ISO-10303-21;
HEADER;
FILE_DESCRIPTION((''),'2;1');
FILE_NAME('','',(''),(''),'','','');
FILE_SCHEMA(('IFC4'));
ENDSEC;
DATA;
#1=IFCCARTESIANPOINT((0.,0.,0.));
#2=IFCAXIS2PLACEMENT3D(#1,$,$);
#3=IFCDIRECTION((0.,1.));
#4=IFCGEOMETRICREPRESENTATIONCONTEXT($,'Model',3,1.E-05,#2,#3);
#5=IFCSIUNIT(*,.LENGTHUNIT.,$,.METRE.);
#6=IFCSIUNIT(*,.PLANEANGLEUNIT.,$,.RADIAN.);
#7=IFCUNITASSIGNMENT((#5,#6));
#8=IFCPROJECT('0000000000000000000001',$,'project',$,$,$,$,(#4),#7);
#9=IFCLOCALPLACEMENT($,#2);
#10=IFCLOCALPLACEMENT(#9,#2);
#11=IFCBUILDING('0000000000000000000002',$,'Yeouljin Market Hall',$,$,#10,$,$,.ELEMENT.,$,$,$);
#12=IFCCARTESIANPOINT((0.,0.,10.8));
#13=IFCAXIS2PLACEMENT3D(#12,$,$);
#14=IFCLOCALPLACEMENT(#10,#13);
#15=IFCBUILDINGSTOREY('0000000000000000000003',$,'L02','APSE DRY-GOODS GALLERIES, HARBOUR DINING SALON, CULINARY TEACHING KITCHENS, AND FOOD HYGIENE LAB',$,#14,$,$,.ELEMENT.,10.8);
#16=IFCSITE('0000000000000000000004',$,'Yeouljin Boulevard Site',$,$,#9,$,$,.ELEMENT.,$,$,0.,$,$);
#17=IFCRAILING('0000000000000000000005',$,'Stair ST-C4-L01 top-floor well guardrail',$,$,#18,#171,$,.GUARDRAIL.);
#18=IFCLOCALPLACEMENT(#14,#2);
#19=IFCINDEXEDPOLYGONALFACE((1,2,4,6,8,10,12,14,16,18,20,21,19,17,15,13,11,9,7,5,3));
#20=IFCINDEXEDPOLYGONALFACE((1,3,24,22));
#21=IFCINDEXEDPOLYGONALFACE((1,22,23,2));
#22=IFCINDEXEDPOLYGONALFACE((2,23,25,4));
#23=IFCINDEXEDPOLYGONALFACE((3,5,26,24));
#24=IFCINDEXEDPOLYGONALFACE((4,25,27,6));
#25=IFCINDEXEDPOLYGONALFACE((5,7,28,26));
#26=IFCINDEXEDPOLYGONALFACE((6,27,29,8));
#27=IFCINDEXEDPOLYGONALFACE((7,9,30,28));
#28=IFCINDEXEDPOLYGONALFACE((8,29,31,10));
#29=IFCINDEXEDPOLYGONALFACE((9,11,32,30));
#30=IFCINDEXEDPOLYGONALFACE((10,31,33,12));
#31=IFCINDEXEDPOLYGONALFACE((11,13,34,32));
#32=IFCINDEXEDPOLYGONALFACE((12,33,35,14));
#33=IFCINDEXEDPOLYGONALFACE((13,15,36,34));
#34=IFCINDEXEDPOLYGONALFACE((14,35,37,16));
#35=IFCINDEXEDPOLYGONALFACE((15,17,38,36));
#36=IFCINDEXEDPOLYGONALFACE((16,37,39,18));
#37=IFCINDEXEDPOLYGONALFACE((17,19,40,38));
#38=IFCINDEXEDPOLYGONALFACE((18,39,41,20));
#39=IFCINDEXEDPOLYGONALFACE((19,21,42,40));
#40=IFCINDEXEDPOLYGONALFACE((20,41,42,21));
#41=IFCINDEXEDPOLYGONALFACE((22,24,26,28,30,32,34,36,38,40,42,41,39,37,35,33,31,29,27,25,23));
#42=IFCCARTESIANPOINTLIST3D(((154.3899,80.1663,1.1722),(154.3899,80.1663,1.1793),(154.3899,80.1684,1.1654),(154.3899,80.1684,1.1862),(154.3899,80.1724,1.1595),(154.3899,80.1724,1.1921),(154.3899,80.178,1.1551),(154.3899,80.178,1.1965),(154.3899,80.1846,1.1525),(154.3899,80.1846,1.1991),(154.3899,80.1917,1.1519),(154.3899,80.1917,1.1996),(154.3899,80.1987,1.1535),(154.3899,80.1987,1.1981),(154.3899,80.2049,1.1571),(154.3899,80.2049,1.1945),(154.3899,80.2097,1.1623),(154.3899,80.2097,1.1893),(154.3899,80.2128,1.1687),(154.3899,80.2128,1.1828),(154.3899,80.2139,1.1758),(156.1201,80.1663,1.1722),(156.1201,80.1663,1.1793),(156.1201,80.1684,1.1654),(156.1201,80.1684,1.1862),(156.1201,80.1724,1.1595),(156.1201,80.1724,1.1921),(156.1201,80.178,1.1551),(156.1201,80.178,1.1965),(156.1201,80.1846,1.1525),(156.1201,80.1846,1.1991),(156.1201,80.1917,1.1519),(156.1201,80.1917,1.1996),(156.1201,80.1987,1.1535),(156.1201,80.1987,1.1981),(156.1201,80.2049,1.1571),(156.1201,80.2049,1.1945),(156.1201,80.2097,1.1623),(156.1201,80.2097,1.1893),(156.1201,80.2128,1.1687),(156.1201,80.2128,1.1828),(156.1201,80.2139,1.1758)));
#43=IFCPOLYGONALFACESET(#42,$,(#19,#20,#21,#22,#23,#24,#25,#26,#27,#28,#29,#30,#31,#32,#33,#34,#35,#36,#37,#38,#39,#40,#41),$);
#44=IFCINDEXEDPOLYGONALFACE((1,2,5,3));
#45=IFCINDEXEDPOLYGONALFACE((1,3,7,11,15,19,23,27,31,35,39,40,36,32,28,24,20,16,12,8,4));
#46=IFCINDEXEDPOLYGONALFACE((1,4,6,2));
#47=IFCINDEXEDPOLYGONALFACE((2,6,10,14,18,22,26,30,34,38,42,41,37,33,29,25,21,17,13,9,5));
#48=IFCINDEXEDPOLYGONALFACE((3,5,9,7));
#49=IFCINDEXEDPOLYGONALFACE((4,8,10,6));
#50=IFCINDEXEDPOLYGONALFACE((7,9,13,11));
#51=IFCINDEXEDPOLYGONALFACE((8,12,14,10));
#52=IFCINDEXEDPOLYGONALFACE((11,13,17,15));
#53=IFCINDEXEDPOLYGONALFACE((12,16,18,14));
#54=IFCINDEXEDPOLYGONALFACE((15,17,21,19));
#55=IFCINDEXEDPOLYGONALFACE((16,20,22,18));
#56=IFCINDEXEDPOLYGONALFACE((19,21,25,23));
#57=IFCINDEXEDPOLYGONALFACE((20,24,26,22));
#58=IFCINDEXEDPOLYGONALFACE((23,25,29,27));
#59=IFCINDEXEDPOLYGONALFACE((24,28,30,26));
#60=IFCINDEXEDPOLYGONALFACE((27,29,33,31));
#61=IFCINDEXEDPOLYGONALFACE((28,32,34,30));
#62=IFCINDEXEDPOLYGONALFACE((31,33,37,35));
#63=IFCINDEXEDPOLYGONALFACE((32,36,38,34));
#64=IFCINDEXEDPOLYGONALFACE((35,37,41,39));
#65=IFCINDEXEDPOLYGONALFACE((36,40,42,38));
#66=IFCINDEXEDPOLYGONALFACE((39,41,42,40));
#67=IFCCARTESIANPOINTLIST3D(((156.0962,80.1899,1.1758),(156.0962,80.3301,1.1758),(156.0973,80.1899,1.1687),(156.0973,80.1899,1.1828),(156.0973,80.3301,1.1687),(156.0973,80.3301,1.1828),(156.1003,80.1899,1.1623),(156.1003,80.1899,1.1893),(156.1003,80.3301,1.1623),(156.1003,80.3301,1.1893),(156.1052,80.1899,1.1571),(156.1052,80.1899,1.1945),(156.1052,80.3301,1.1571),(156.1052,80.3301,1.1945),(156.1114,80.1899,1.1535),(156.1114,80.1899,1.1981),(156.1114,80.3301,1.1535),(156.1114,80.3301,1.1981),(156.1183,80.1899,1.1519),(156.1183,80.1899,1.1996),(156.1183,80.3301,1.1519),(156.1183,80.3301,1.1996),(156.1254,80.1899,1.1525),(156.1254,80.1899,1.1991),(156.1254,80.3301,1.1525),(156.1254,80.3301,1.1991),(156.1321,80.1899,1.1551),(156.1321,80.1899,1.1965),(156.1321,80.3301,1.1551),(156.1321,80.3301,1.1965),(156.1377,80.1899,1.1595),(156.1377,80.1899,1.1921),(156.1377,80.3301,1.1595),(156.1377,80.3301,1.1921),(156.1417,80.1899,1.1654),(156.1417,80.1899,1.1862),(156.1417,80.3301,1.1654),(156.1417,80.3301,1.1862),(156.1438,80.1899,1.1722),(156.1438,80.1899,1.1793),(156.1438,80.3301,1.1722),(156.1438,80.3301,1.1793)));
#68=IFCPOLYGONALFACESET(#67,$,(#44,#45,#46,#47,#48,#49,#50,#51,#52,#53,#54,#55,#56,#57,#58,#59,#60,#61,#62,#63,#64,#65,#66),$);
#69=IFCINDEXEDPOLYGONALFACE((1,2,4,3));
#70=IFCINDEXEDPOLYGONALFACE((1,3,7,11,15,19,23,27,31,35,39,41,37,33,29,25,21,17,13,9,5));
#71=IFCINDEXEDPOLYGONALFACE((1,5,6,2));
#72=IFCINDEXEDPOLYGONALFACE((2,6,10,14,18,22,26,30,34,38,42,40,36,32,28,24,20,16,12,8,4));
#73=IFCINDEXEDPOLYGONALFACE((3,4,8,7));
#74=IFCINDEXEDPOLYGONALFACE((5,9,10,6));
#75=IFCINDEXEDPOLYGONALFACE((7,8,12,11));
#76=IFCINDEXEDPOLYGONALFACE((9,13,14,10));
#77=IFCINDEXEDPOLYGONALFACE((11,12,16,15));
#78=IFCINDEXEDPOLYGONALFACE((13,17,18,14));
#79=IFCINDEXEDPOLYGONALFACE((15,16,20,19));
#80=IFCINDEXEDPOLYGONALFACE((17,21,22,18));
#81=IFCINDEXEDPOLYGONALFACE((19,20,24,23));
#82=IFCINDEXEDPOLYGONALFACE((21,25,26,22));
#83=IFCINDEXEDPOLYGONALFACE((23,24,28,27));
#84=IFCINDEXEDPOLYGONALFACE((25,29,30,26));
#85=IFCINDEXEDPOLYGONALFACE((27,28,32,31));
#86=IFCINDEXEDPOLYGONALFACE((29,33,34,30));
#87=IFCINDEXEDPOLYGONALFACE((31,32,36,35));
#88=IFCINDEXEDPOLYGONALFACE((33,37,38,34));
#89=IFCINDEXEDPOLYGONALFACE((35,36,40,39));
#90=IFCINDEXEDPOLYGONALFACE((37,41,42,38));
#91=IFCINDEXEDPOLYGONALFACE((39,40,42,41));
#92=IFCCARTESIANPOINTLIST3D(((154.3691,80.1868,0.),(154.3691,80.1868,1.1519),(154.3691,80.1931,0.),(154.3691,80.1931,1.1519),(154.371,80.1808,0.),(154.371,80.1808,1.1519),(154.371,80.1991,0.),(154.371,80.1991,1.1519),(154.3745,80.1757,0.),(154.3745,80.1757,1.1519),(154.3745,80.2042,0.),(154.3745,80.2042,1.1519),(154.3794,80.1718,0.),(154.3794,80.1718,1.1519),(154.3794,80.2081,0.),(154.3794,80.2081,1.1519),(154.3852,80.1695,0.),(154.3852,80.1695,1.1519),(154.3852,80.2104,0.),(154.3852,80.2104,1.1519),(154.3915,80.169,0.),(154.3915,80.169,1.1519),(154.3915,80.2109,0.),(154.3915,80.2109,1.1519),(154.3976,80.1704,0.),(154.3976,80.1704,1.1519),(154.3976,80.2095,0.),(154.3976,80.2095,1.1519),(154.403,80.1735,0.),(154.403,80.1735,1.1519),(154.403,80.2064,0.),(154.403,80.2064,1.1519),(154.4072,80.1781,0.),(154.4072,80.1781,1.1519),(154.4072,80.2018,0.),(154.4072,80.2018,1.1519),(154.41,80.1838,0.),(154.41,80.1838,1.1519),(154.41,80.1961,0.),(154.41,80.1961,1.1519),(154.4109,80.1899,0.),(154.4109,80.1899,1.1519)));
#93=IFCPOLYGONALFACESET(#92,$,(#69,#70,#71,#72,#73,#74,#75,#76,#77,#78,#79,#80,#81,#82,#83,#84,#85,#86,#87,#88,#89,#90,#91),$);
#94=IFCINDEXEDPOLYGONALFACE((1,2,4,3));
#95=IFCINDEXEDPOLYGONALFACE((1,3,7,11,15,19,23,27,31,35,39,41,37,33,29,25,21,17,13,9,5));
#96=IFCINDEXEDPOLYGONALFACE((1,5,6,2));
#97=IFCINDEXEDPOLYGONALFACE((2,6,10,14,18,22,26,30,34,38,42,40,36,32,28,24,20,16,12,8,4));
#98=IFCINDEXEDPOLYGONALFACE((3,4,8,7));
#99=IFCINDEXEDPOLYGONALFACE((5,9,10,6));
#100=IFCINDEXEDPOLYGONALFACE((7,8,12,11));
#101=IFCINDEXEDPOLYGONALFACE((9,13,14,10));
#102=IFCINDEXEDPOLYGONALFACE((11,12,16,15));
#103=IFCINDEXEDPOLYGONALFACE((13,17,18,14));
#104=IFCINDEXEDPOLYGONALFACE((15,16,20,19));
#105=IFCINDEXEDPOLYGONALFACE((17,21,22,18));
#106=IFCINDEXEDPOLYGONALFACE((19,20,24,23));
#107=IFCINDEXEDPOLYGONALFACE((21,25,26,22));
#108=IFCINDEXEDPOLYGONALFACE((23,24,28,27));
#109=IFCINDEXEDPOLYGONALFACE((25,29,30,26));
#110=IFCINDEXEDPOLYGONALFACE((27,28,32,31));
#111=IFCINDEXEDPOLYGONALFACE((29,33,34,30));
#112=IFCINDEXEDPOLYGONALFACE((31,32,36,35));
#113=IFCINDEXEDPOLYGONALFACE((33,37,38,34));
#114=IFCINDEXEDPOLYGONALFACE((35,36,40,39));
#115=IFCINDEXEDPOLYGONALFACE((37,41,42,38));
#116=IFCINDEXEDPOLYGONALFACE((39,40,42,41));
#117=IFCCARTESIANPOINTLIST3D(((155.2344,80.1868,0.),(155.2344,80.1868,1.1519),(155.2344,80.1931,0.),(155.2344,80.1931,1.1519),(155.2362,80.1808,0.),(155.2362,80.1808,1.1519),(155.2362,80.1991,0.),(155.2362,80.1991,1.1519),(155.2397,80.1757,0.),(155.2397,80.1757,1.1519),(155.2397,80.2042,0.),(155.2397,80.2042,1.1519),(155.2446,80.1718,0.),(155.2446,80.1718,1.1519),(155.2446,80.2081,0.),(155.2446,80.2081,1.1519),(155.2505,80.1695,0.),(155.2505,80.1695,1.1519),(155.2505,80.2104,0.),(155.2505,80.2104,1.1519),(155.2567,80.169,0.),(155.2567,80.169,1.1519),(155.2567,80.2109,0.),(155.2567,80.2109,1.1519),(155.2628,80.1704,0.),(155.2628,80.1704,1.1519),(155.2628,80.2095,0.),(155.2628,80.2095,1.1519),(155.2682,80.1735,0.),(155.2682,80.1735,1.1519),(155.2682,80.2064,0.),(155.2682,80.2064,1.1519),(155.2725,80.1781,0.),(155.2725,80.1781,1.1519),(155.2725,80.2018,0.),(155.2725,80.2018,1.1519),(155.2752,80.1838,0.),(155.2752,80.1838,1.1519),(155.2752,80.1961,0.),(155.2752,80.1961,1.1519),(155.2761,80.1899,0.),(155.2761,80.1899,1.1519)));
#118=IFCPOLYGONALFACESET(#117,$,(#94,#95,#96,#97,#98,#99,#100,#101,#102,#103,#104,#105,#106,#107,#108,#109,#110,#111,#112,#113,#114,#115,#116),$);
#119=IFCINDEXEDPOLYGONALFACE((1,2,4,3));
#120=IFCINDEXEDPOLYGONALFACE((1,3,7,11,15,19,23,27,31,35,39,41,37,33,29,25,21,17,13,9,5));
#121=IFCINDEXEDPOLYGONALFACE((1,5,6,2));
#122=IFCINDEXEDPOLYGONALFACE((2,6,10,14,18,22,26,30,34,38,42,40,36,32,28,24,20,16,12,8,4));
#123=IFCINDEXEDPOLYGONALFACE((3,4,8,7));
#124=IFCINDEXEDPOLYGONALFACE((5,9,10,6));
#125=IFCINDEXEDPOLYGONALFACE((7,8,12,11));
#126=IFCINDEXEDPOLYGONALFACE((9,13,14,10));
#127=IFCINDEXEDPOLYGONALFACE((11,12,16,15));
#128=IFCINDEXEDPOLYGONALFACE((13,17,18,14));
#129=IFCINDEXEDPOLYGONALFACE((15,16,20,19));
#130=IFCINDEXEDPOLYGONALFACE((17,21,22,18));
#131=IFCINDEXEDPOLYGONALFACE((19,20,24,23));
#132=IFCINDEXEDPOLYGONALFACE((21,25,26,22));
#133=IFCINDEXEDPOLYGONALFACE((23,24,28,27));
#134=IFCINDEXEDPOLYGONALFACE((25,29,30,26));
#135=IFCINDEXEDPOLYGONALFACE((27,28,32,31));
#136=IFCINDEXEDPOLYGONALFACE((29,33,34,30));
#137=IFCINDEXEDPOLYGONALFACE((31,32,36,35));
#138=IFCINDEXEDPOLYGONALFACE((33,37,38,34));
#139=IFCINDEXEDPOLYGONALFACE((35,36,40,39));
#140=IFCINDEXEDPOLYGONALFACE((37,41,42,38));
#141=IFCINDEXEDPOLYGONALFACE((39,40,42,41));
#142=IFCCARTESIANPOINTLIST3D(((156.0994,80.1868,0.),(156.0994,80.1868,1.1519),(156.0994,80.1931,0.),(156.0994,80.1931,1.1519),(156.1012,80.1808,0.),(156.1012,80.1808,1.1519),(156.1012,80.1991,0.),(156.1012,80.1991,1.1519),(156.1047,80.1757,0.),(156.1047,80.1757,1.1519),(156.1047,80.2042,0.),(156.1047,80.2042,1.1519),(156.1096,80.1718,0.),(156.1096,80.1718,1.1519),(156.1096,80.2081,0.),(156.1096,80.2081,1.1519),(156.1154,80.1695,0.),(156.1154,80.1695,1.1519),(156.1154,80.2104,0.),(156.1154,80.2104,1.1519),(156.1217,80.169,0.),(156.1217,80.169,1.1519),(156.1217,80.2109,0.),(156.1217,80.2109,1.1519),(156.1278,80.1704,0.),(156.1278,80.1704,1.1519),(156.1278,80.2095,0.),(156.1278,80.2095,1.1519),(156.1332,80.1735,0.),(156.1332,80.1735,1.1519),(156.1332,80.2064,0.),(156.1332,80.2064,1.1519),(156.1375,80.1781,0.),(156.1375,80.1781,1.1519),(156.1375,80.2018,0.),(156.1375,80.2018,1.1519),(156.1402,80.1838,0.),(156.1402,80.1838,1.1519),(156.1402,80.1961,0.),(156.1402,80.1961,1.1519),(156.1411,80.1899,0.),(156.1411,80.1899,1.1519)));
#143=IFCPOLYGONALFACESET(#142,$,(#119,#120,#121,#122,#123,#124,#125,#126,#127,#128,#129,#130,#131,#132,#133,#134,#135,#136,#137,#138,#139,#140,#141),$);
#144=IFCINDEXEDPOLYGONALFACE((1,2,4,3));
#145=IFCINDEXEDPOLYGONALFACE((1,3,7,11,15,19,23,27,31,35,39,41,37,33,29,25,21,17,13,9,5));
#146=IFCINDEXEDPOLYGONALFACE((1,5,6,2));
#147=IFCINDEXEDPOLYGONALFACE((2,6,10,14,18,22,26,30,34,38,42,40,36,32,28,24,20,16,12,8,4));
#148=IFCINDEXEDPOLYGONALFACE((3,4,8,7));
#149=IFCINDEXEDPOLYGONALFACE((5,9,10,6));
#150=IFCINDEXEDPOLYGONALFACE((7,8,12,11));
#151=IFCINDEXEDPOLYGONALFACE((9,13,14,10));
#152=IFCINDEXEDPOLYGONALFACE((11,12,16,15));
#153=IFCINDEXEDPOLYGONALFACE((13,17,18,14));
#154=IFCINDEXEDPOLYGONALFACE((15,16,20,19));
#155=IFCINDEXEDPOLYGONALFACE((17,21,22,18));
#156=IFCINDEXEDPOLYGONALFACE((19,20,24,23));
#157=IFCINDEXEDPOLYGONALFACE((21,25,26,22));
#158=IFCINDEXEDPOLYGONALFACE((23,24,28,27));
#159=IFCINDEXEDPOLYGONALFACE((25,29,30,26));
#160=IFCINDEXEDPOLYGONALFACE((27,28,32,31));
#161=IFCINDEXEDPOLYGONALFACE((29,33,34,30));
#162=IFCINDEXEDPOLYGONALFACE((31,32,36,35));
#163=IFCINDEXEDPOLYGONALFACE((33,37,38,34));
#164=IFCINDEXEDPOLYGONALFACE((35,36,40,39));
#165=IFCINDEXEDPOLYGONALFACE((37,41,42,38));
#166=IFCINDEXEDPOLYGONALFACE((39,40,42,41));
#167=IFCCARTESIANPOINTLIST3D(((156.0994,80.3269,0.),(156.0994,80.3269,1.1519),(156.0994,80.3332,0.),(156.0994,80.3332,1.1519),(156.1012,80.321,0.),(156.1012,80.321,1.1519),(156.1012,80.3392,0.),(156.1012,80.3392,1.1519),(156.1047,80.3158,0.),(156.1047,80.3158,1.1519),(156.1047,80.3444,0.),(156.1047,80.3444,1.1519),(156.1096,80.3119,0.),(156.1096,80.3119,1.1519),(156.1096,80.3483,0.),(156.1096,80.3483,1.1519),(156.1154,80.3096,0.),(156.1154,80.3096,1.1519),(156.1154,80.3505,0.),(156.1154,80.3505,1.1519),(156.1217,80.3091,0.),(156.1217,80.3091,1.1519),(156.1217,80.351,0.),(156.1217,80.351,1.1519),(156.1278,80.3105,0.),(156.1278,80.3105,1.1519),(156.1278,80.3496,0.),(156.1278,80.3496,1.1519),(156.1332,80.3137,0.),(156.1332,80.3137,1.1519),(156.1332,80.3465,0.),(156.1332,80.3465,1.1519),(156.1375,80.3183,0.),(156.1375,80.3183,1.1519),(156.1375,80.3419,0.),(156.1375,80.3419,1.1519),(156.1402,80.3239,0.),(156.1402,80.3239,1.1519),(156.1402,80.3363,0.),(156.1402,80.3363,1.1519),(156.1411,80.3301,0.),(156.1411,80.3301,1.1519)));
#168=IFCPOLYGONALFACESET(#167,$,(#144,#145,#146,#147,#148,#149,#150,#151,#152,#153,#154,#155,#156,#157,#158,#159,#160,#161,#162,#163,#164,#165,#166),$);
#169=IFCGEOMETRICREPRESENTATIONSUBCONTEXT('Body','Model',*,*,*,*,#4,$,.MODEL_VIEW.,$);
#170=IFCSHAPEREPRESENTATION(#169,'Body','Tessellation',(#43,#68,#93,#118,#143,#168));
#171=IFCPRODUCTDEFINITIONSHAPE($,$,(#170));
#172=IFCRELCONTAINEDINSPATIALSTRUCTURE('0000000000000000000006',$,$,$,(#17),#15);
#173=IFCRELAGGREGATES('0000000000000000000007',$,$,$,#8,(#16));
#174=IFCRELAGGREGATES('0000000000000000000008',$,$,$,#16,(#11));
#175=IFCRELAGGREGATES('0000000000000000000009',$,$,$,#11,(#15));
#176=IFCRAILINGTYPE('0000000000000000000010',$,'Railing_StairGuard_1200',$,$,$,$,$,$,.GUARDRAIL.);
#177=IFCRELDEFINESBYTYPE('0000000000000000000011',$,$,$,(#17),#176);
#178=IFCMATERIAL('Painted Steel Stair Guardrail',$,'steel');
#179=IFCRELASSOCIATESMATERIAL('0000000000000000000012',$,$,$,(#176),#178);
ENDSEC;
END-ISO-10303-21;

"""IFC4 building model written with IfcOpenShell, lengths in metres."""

from ifc_helpers import new_model, si_unit, direction, frame, origin, origin_2d, place, context, subcontext, project, spatial, circle, extrude, material, type_object, element, save


model = new_model("IFC4")

# Units and contexts
model_context = context("Model", 3, precision=1e-05, world=origin(), true_north=direction((0.0, 1.0)))
body_context = subcontext(model_context, "Body", "Model", "MODEL_VIEW")
ifc_project = project(units=[si_unit("LENGTHUNIT", "METRE"), si_unit("PLANEANGLEUNIT", "RADIAN")], contexts=[model_context])

# Site, building, storey
site_placement = place(None, origin())
site = spatial("IfcSite", under=ifc_project, at=site_placement, Name="Yeouljin Boulevard Site", CompositionType="ELEMENT", RefElevation=0.0)
building_placement = place(site_placement, origin())
building = spatial("IfcBuilding", under=site, at=building_placement, Name="Yeouljin Market Hall", CompositionType="ELEMENT")
storey_placement = place(building_placement, frame((0.0, 0.0, 10.8)))
storey = spatial("IfcBuildingStorey", under=building, at=storey_placement, Name="L02", Description="APSE DRY-GOODS GALLERIES, HARBOUR DINING SALON, CULINARY TEACHING KITCHENS, AND FOOD HYGIENE LAB", CompositionType="ELEMENT", Elevation=10.8)

# Railing
ifc_material_1 = material(Name="Painted Steel Stair Guardrail", Category="steel")
railing_type_1 = type_object("IfcRailingType", Name="Railing_StairGuard_1200", PredefinedType="GUARDRAIL", material=ifc_material_1)
railing_1_placement = place(storey_placement, frame((154.3899, 80.1899, 0.0)))
element("IfcRailing", 1, at=railing_1_placement, inside=storey, type_object=railing_type_1, Name="Stair ST-C4-L01 top-floor well guardrail", PredefinedType="GUARDRAIL", context=body_context, shape_type="SweptSolid", body=[
    extrude(circle(Radius=0.0239, at=origin_2d()), frame((0.0, 0.0, 1.1758), z_axis=(1.0, 0.0, 0.0), x_axis=(0.0, 1.0, 0.0)), (0.0, 0.0, 1.0), 1.7302),
    extrude(circle(Radius=0.0239, at=origin_2d()), frame((1.7302, 0.0, 1.1758), z_axis=(0.0, 1.0, 0.0), x_axis=(-1.0, 0.0, 0.0)), (0.0, 0.0, 1.0), 0.1401),
    extrude(circle(Radius=0.021, at=origin_2d()), origin(), (0.0, 0.0, 1.0), 1.1519),
    extrude(circle(Radius=0.021, at=origin_2d()), frame((0.8652, 0.0, 0.0)), (0.0, 0.0, 1.0), 1.1519),
    extrude(circle(Radius=0.021, at=origin_2d()), frame((1.7302, 0.0, 0.0)), (0.0, 0.0, 1.0), 1.1519),
    extrude(circle(Radius=0.021, at=origin_2d()), frame((1.7302, 0.1401, 0.0)), (0.0, 0.0, 1.0), 1.1519),
])

save(model, "model.ifc")
